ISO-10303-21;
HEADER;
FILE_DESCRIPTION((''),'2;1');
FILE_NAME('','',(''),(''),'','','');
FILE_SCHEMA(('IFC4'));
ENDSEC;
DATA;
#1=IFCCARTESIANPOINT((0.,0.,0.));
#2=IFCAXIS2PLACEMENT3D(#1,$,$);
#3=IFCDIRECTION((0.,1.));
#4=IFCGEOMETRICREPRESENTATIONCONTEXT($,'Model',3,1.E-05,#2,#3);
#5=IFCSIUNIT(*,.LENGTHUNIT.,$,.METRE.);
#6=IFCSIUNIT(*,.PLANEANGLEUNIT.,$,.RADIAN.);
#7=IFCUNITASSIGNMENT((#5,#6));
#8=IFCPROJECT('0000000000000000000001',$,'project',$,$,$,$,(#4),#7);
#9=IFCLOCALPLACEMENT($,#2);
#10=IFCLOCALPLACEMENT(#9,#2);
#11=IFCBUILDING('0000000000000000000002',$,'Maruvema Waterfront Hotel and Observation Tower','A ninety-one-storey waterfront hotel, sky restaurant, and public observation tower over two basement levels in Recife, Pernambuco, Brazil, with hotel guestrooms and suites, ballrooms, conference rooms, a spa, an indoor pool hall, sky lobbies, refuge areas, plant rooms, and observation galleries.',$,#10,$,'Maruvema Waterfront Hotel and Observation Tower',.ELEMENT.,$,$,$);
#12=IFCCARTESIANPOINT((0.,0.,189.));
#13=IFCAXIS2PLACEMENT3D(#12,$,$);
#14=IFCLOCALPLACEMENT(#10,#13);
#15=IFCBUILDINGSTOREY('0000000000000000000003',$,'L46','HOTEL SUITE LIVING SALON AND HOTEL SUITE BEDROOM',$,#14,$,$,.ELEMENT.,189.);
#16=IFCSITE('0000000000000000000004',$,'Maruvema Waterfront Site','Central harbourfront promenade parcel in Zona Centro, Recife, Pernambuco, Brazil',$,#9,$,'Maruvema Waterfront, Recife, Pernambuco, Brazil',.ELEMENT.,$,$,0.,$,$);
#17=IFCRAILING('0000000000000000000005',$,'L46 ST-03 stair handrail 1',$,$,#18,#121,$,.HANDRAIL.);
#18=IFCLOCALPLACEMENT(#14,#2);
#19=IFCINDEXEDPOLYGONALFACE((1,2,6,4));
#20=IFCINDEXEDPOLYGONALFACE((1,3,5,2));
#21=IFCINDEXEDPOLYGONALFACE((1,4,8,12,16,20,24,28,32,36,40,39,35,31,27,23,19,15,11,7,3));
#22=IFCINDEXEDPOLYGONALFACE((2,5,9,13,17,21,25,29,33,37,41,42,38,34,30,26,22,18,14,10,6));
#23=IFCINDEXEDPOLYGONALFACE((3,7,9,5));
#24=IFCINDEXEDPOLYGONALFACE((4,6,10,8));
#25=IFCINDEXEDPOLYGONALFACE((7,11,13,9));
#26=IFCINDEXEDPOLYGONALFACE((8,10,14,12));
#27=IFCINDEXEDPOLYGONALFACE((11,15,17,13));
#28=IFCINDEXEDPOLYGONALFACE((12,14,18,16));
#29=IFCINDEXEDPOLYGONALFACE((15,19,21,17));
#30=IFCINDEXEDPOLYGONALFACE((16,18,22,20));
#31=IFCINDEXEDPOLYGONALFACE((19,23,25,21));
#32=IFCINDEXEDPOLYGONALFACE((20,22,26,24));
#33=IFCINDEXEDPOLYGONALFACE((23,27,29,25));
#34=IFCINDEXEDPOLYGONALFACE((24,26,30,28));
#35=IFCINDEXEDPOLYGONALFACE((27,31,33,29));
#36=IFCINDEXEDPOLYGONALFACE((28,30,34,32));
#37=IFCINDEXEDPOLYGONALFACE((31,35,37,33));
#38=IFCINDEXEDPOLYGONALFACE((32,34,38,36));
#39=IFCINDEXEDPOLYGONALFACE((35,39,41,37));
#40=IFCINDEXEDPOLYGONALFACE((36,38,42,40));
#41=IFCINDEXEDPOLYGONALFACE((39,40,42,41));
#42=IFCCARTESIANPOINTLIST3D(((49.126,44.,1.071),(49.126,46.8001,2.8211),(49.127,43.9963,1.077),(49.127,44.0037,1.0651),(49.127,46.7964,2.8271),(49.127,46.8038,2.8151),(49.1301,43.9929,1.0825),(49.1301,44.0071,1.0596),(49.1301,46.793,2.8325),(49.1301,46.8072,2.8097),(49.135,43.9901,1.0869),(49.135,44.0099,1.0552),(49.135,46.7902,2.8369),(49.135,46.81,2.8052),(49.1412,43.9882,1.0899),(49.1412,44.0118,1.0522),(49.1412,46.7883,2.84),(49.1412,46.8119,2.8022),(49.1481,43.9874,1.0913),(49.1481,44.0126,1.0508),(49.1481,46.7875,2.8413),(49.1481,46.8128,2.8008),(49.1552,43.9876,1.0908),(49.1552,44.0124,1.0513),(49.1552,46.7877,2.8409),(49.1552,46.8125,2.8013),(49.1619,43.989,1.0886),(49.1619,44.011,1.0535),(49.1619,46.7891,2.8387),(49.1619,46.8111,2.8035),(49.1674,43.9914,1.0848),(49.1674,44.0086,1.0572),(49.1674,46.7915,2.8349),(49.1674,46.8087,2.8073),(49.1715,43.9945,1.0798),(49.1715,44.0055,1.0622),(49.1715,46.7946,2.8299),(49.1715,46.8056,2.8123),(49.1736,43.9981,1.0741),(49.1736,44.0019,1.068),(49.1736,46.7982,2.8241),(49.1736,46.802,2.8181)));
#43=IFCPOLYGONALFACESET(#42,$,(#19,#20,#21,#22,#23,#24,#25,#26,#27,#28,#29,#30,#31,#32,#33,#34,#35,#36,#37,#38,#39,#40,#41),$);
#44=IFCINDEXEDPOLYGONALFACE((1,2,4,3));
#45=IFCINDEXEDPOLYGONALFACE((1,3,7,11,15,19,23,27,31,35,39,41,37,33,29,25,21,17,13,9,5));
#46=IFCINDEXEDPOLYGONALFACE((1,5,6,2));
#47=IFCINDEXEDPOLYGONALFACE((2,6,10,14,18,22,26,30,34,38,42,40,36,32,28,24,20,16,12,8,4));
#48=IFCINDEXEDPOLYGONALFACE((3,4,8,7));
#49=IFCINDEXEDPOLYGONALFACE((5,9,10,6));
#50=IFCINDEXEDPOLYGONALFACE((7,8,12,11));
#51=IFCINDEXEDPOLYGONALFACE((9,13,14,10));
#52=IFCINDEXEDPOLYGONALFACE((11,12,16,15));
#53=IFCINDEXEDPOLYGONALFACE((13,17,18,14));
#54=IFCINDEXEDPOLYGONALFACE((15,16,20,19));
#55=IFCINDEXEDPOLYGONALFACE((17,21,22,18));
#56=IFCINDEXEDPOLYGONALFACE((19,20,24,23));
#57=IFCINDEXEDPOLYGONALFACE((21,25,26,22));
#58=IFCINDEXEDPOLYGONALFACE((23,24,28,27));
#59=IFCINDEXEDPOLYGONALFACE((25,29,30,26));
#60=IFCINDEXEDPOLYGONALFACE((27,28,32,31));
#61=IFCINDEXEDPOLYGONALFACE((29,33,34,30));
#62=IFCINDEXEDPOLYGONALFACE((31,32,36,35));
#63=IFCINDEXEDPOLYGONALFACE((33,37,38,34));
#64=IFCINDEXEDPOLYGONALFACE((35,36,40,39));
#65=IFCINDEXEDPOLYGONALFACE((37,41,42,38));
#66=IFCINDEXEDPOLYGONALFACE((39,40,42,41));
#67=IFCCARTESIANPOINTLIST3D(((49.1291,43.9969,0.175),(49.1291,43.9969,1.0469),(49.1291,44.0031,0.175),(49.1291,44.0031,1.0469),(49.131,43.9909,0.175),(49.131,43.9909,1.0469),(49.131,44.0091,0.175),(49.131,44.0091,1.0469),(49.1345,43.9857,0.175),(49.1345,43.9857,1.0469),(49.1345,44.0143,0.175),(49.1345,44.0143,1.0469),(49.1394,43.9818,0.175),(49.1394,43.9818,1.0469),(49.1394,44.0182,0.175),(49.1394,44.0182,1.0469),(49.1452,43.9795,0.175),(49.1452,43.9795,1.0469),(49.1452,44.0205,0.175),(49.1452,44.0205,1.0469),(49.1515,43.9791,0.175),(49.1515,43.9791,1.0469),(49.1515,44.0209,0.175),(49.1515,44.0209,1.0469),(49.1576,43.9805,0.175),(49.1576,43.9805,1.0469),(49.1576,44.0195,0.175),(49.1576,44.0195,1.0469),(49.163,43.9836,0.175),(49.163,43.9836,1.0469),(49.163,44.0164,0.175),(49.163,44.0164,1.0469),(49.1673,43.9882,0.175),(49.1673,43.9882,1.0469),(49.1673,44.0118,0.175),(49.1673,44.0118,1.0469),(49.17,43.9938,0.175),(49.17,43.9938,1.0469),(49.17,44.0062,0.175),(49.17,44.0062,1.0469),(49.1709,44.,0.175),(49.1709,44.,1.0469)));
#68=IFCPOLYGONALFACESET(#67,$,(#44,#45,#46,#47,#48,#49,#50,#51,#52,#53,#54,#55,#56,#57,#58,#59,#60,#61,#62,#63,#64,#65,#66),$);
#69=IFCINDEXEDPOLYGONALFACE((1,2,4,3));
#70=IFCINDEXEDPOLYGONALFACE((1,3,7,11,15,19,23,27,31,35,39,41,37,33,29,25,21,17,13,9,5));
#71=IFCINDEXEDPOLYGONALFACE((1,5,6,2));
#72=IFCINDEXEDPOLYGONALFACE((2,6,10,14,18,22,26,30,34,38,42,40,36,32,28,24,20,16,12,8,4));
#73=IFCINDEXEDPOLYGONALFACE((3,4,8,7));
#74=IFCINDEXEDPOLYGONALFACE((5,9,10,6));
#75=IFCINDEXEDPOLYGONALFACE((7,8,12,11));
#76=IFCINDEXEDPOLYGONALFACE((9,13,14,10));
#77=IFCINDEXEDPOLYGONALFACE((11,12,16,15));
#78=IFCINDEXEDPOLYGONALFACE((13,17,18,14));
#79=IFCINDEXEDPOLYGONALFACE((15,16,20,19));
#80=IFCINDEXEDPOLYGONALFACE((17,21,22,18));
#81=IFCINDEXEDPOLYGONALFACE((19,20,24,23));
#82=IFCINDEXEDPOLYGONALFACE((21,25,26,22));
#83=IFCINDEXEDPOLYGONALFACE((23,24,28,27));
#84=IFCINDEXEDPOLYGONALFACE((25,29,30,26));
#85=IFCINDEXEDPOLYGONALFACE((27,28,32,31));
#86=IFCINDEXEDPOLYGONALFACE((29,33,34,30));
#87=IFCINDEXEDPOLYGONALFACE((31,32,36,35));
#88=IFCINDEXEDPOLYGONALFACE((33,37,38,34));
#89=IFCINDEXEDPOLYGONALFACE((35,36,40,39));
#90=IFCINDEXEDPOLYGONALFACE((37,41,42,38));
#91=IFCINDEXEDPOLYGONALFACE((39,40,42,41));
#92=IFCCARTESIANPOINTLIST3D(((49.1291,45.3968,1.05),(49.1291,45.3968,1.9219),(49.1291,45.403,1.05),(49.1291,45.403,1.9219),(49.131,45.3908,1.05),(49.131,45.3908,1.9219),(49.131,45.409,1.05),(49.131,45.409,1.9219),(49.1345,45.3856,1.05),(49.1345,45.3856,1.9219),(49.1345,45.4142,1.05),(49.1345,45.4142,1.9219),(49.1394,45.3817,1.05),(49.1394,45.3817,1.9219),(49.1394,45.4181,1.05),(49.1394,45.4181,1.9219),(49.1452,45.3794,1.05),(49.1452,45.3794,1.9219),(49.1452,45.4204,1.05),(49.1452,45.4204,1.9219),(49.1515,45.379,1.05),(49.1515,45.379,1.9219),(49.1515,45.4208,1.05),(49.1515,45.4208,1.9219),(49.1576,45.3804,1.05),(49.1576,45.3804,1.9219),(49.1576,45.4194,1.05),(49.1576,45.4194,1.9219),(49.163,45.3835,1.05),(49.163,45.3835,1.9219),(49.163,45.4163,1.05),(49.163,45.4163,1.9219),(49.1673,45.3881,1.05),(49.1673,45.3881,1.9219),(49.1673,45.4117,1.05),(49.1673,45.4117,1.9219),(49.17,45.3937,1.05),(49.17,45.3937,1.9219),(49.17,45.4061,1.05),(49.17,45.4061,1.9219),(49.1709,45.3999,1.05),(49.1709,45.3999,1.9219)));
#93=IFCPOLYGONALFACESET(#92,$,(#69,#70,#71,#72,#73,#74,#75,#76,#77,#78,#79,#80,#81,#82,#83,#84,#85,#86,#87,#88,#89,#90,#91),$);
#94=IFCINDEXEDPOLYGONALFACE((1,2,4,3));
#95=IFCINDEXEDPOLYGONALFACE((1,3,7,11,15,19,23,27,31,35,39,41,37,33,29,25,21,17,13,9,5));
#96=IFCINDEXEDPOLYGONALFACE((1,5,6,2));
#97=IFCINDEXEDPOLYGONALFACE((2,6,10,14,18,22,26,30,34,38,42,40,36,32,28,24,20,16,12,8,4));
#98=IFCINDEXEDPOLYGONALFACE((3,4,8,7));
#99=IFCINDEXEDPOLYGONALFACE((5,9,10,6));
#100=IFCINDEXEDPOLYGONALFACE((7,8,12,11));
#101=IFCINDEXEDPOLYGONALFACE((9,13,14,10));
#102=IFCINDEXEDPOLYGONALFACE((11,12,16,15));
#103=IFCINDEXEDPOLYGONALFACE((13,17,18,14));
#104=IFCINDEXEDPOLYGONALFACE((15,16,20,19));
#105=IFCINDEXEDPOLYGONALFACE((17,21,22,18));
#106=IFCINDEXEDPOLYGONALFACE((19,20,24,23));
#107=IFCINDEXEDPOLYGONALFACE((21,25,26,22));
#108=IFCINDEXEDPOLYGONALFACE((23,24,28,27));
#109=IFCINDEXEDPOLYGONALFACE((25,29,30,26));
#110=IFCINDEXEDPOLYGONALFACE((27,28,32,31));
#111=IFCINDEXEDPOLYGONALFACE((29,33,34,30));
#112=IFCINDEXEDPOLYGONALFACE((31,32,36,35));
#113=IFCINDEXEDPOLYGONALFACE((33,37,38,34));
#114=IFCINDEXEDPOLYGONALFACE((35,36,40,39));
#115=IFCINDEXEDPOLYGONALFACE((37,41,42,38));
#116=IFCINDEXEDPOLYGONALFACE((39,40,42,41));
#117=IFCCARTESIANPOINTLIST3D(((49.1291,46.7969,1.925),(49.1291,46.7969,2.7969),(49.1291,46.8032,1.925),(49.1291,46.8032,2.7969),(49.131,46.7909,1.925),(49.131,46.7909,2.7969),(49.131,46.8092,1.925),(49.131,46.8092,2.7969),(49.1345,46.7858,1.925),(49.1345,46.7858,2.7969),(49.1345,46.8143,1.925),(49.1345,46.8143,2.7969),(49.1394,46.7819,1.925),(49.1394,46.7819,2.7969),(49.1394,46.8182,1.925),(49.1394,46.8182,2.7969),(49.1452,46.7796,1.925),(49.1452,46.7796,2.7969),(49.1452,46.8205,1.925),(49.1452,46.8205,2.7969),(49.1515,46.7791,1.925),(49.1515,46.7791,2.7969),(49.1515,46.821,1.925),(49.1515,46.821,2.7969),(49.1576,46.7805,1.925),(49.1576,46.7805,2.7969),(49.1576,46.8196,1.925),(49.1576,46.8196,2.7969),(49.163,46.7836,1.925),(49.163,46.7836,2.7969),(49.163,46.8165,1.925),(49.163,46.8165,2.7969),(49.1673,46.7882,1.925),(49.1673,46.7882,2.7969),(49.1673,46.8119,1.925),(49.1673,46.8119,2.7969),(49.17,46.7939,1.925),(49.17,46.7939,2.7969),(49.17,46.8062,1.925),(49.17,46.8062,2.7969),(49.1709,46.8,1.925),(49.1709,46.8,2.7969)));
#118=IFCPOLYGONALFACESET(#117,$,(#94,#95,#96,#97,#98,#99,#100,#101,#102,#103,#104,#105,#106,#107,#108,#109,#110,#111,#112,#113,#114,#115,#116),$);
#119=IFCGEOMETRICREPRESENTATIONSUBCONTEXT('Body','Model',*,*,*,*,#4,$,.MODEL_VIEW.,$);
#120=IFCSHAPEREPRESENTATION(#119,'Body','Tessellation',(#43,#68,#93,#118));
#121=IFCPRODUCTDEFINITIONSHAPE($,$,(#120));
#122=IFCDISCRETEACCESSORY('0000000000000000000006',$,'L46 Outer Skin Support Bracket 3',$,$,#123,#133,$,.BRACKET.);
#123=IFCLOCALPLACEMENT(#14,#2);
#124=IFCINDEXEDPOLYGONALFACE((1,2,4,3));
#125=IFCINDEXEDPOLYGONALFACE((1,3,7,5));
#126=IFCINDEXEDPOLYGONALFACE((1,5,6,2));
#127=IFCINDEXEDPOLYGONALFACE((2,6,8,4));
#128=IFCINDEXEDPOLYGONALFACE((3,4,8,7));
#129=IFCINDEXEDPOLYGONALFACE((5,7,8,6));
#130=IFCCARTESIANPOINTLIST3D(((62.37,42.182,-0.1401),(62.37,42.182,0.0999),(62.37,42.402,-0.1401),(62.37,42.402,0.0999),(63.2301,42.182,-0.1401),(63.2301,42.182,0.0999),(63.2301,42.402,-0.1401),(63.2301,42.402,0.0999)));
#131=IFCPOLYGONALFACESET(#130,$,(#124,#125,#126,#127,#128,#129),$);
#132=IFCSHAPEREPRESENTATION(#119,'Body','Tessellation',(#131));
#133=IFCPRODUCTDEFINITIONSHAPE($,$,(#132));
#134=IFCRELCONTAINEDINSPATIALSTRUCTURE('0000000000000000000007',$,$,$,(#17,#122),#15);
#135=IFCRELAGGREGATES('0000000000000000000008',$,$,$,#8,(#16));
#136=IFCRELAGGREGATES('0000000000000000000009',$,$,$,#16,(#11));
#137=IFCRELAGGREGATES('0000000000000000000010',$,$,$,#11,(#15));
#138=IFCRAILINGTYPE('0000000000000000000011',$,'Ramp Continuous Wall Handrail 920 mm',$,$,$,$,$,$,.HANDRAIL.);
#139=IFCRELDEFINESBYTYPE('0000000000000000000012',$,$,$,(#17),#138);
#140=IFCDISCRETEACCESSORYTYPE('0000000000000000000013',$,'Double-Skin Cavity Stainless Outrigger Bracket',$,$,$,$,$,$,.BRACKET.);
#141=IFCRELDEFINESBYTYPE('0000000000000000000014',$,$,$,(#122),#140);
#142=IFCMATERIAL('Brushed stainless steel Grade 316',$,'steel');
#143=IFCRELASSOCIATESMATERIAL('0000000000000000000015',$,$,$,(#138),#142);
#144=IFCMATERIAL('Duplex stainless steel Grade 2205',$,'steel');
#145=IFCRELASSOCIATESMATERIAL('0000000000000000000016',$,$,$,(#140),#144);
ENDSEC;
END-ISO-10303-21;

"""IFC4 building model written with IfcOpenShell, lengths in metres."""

from ifc_helpers import new_model, si_unit, direction, frame, origin, origin_2d, place, context, subcontext, project, spatial, rectangle, circle, extrude, material, type_object, element, save


model = new_model("IFC4")

# Units and contexts
model_context = context("Model", 3, precision=1e-05, world=origin(), true_north=direction((0.0, 1.0)))
body_context = subcontext(model_context, "Body", "Model", "MODEL_VIEW")
ifc_project = project(units=[si_unit("LENGTHUNIT", "METRE"), si_unit("PLANEANGLEUNIT", "RADIAN")], contexts=[model_context])

# Site, building, storey
site_placement = place(None, origin())
site = spatial("IfcSite", under=ifc_project, at=site_placement, Name="Maruvema Waterfront Site", Description="Central harbourfront promenade parcel in Zona Centro, Recife, Pernambuco, Brazil", LongName="Maruvema Waterfront, Recife, Pernambuco, Brazil", CompositionType="ELEMENT", RefElevation=0.0)
building_placement = place(site_placement, origin())
building = spatial("IfcBuilding", under=site, at=building_placement, Name="Maruvema Waterfront Hotel and Observation Tower", Description="A ninety-one-storey waterfront hotel, sky restaurant, and public observation tower over two basement levels in Recife, Pernambuco, Brazil, with hotel guestrooms and suites, ballrooms, conference rooms, a spa, an indoor pool hall, sky lobbies, refuge areas, plant rooms, and observation galleries.", LongName="Maruvema Waterfront Hotel and Observation Tower", CompositionType="ELEMENT")
storey_placement = place(building_placement, frame((0.0, 0.0, 189.0)))
storey = spatial("IfcBuildingStorey", under=building, at=storey_placement, Name="L46", Description="HOTEL SUITE LIVING SALON AND HOTEL SUITE BEDROOM", CompositionType="ELEMENT", Elevation=189.0)

# Railing
ifc_material_1 = material(Name="Brushed stainless steel Grade 316", Category="steel")
railing_type = type_object("IfcRailingType", Name="Ramp Continuous Wall Handrail 920 mm", PredefinedType="HANDRAIL", material=ifc_material_1)
railing_placement = place(storey_placement, frame((49.1499, 44.0, 0.175)))
element("IfcRailing", 1, at=railing_placement, inside=storey, type_object=railing_type, Name="L46 ST-03 stair handrail 1", PredefinedType="HANDRAIL", context=body_context, shape_type="SweptSolid", body=[
    extrude(circle(Radius=0.0239, at=origin_2d()), frame((0.0, 0.0, 0.896), z_axis=(0.0, 0.848002, 0.529992), x_axis=(-1.0, 0.0, 0.0)), (0.0, 0.0, 1.0), 3.302),
    extrude(circle(Radius=0.021, at=origin_2d()), origin(), (0.0, 0.0, 1.0), 0.8718),
    extrude(circle(Radius=0.021, at=origin_2d()), frame((0.0, 1.3999, 0.875)), (0.0, 0.0, 1.0), 0.8718),
    extrude(circle(Radius=0.021, at=origin_2d()), frame((0.0, 2.8, 1.75)), (0.0, 0.0, 1.0), 0.8718),
])

# Discrete accessory
ifc_material_2 = material(Name="Duplex stainless steel Grade 2205", Category="steel")
discrete_accessory_type = type_object("IfcDiscreteAccessoryType", Name="Double-Skin Cavity Stainless Outrigger Bracket", PredefinedType="BRACKET", material=ifc_material_2)
discrete_accessory_placement = place(storey_placement, frame((62.8, 42.292, -0.1401), z_axis=(0.0, 0.0, 1.0), x_axis=(0.0, 1.0, 0.0)))
element("IfcDiscreteAccessory", 2, at=discrete_accessory_placement, inside=storey, type_object=discrete_accessory_type, Name="L46 Outer Skin Support Bracket 3", PredefinedType="BRACKET", context=body_context, shape_type="SweptSolid", body=[
    extrude(rectangle(XDim=0.22, YDim=0.8601, at=origin_2d()), origin(), (0.0, 0.0, 1.0), 0.24),
])

save(model, "model.ifc")
